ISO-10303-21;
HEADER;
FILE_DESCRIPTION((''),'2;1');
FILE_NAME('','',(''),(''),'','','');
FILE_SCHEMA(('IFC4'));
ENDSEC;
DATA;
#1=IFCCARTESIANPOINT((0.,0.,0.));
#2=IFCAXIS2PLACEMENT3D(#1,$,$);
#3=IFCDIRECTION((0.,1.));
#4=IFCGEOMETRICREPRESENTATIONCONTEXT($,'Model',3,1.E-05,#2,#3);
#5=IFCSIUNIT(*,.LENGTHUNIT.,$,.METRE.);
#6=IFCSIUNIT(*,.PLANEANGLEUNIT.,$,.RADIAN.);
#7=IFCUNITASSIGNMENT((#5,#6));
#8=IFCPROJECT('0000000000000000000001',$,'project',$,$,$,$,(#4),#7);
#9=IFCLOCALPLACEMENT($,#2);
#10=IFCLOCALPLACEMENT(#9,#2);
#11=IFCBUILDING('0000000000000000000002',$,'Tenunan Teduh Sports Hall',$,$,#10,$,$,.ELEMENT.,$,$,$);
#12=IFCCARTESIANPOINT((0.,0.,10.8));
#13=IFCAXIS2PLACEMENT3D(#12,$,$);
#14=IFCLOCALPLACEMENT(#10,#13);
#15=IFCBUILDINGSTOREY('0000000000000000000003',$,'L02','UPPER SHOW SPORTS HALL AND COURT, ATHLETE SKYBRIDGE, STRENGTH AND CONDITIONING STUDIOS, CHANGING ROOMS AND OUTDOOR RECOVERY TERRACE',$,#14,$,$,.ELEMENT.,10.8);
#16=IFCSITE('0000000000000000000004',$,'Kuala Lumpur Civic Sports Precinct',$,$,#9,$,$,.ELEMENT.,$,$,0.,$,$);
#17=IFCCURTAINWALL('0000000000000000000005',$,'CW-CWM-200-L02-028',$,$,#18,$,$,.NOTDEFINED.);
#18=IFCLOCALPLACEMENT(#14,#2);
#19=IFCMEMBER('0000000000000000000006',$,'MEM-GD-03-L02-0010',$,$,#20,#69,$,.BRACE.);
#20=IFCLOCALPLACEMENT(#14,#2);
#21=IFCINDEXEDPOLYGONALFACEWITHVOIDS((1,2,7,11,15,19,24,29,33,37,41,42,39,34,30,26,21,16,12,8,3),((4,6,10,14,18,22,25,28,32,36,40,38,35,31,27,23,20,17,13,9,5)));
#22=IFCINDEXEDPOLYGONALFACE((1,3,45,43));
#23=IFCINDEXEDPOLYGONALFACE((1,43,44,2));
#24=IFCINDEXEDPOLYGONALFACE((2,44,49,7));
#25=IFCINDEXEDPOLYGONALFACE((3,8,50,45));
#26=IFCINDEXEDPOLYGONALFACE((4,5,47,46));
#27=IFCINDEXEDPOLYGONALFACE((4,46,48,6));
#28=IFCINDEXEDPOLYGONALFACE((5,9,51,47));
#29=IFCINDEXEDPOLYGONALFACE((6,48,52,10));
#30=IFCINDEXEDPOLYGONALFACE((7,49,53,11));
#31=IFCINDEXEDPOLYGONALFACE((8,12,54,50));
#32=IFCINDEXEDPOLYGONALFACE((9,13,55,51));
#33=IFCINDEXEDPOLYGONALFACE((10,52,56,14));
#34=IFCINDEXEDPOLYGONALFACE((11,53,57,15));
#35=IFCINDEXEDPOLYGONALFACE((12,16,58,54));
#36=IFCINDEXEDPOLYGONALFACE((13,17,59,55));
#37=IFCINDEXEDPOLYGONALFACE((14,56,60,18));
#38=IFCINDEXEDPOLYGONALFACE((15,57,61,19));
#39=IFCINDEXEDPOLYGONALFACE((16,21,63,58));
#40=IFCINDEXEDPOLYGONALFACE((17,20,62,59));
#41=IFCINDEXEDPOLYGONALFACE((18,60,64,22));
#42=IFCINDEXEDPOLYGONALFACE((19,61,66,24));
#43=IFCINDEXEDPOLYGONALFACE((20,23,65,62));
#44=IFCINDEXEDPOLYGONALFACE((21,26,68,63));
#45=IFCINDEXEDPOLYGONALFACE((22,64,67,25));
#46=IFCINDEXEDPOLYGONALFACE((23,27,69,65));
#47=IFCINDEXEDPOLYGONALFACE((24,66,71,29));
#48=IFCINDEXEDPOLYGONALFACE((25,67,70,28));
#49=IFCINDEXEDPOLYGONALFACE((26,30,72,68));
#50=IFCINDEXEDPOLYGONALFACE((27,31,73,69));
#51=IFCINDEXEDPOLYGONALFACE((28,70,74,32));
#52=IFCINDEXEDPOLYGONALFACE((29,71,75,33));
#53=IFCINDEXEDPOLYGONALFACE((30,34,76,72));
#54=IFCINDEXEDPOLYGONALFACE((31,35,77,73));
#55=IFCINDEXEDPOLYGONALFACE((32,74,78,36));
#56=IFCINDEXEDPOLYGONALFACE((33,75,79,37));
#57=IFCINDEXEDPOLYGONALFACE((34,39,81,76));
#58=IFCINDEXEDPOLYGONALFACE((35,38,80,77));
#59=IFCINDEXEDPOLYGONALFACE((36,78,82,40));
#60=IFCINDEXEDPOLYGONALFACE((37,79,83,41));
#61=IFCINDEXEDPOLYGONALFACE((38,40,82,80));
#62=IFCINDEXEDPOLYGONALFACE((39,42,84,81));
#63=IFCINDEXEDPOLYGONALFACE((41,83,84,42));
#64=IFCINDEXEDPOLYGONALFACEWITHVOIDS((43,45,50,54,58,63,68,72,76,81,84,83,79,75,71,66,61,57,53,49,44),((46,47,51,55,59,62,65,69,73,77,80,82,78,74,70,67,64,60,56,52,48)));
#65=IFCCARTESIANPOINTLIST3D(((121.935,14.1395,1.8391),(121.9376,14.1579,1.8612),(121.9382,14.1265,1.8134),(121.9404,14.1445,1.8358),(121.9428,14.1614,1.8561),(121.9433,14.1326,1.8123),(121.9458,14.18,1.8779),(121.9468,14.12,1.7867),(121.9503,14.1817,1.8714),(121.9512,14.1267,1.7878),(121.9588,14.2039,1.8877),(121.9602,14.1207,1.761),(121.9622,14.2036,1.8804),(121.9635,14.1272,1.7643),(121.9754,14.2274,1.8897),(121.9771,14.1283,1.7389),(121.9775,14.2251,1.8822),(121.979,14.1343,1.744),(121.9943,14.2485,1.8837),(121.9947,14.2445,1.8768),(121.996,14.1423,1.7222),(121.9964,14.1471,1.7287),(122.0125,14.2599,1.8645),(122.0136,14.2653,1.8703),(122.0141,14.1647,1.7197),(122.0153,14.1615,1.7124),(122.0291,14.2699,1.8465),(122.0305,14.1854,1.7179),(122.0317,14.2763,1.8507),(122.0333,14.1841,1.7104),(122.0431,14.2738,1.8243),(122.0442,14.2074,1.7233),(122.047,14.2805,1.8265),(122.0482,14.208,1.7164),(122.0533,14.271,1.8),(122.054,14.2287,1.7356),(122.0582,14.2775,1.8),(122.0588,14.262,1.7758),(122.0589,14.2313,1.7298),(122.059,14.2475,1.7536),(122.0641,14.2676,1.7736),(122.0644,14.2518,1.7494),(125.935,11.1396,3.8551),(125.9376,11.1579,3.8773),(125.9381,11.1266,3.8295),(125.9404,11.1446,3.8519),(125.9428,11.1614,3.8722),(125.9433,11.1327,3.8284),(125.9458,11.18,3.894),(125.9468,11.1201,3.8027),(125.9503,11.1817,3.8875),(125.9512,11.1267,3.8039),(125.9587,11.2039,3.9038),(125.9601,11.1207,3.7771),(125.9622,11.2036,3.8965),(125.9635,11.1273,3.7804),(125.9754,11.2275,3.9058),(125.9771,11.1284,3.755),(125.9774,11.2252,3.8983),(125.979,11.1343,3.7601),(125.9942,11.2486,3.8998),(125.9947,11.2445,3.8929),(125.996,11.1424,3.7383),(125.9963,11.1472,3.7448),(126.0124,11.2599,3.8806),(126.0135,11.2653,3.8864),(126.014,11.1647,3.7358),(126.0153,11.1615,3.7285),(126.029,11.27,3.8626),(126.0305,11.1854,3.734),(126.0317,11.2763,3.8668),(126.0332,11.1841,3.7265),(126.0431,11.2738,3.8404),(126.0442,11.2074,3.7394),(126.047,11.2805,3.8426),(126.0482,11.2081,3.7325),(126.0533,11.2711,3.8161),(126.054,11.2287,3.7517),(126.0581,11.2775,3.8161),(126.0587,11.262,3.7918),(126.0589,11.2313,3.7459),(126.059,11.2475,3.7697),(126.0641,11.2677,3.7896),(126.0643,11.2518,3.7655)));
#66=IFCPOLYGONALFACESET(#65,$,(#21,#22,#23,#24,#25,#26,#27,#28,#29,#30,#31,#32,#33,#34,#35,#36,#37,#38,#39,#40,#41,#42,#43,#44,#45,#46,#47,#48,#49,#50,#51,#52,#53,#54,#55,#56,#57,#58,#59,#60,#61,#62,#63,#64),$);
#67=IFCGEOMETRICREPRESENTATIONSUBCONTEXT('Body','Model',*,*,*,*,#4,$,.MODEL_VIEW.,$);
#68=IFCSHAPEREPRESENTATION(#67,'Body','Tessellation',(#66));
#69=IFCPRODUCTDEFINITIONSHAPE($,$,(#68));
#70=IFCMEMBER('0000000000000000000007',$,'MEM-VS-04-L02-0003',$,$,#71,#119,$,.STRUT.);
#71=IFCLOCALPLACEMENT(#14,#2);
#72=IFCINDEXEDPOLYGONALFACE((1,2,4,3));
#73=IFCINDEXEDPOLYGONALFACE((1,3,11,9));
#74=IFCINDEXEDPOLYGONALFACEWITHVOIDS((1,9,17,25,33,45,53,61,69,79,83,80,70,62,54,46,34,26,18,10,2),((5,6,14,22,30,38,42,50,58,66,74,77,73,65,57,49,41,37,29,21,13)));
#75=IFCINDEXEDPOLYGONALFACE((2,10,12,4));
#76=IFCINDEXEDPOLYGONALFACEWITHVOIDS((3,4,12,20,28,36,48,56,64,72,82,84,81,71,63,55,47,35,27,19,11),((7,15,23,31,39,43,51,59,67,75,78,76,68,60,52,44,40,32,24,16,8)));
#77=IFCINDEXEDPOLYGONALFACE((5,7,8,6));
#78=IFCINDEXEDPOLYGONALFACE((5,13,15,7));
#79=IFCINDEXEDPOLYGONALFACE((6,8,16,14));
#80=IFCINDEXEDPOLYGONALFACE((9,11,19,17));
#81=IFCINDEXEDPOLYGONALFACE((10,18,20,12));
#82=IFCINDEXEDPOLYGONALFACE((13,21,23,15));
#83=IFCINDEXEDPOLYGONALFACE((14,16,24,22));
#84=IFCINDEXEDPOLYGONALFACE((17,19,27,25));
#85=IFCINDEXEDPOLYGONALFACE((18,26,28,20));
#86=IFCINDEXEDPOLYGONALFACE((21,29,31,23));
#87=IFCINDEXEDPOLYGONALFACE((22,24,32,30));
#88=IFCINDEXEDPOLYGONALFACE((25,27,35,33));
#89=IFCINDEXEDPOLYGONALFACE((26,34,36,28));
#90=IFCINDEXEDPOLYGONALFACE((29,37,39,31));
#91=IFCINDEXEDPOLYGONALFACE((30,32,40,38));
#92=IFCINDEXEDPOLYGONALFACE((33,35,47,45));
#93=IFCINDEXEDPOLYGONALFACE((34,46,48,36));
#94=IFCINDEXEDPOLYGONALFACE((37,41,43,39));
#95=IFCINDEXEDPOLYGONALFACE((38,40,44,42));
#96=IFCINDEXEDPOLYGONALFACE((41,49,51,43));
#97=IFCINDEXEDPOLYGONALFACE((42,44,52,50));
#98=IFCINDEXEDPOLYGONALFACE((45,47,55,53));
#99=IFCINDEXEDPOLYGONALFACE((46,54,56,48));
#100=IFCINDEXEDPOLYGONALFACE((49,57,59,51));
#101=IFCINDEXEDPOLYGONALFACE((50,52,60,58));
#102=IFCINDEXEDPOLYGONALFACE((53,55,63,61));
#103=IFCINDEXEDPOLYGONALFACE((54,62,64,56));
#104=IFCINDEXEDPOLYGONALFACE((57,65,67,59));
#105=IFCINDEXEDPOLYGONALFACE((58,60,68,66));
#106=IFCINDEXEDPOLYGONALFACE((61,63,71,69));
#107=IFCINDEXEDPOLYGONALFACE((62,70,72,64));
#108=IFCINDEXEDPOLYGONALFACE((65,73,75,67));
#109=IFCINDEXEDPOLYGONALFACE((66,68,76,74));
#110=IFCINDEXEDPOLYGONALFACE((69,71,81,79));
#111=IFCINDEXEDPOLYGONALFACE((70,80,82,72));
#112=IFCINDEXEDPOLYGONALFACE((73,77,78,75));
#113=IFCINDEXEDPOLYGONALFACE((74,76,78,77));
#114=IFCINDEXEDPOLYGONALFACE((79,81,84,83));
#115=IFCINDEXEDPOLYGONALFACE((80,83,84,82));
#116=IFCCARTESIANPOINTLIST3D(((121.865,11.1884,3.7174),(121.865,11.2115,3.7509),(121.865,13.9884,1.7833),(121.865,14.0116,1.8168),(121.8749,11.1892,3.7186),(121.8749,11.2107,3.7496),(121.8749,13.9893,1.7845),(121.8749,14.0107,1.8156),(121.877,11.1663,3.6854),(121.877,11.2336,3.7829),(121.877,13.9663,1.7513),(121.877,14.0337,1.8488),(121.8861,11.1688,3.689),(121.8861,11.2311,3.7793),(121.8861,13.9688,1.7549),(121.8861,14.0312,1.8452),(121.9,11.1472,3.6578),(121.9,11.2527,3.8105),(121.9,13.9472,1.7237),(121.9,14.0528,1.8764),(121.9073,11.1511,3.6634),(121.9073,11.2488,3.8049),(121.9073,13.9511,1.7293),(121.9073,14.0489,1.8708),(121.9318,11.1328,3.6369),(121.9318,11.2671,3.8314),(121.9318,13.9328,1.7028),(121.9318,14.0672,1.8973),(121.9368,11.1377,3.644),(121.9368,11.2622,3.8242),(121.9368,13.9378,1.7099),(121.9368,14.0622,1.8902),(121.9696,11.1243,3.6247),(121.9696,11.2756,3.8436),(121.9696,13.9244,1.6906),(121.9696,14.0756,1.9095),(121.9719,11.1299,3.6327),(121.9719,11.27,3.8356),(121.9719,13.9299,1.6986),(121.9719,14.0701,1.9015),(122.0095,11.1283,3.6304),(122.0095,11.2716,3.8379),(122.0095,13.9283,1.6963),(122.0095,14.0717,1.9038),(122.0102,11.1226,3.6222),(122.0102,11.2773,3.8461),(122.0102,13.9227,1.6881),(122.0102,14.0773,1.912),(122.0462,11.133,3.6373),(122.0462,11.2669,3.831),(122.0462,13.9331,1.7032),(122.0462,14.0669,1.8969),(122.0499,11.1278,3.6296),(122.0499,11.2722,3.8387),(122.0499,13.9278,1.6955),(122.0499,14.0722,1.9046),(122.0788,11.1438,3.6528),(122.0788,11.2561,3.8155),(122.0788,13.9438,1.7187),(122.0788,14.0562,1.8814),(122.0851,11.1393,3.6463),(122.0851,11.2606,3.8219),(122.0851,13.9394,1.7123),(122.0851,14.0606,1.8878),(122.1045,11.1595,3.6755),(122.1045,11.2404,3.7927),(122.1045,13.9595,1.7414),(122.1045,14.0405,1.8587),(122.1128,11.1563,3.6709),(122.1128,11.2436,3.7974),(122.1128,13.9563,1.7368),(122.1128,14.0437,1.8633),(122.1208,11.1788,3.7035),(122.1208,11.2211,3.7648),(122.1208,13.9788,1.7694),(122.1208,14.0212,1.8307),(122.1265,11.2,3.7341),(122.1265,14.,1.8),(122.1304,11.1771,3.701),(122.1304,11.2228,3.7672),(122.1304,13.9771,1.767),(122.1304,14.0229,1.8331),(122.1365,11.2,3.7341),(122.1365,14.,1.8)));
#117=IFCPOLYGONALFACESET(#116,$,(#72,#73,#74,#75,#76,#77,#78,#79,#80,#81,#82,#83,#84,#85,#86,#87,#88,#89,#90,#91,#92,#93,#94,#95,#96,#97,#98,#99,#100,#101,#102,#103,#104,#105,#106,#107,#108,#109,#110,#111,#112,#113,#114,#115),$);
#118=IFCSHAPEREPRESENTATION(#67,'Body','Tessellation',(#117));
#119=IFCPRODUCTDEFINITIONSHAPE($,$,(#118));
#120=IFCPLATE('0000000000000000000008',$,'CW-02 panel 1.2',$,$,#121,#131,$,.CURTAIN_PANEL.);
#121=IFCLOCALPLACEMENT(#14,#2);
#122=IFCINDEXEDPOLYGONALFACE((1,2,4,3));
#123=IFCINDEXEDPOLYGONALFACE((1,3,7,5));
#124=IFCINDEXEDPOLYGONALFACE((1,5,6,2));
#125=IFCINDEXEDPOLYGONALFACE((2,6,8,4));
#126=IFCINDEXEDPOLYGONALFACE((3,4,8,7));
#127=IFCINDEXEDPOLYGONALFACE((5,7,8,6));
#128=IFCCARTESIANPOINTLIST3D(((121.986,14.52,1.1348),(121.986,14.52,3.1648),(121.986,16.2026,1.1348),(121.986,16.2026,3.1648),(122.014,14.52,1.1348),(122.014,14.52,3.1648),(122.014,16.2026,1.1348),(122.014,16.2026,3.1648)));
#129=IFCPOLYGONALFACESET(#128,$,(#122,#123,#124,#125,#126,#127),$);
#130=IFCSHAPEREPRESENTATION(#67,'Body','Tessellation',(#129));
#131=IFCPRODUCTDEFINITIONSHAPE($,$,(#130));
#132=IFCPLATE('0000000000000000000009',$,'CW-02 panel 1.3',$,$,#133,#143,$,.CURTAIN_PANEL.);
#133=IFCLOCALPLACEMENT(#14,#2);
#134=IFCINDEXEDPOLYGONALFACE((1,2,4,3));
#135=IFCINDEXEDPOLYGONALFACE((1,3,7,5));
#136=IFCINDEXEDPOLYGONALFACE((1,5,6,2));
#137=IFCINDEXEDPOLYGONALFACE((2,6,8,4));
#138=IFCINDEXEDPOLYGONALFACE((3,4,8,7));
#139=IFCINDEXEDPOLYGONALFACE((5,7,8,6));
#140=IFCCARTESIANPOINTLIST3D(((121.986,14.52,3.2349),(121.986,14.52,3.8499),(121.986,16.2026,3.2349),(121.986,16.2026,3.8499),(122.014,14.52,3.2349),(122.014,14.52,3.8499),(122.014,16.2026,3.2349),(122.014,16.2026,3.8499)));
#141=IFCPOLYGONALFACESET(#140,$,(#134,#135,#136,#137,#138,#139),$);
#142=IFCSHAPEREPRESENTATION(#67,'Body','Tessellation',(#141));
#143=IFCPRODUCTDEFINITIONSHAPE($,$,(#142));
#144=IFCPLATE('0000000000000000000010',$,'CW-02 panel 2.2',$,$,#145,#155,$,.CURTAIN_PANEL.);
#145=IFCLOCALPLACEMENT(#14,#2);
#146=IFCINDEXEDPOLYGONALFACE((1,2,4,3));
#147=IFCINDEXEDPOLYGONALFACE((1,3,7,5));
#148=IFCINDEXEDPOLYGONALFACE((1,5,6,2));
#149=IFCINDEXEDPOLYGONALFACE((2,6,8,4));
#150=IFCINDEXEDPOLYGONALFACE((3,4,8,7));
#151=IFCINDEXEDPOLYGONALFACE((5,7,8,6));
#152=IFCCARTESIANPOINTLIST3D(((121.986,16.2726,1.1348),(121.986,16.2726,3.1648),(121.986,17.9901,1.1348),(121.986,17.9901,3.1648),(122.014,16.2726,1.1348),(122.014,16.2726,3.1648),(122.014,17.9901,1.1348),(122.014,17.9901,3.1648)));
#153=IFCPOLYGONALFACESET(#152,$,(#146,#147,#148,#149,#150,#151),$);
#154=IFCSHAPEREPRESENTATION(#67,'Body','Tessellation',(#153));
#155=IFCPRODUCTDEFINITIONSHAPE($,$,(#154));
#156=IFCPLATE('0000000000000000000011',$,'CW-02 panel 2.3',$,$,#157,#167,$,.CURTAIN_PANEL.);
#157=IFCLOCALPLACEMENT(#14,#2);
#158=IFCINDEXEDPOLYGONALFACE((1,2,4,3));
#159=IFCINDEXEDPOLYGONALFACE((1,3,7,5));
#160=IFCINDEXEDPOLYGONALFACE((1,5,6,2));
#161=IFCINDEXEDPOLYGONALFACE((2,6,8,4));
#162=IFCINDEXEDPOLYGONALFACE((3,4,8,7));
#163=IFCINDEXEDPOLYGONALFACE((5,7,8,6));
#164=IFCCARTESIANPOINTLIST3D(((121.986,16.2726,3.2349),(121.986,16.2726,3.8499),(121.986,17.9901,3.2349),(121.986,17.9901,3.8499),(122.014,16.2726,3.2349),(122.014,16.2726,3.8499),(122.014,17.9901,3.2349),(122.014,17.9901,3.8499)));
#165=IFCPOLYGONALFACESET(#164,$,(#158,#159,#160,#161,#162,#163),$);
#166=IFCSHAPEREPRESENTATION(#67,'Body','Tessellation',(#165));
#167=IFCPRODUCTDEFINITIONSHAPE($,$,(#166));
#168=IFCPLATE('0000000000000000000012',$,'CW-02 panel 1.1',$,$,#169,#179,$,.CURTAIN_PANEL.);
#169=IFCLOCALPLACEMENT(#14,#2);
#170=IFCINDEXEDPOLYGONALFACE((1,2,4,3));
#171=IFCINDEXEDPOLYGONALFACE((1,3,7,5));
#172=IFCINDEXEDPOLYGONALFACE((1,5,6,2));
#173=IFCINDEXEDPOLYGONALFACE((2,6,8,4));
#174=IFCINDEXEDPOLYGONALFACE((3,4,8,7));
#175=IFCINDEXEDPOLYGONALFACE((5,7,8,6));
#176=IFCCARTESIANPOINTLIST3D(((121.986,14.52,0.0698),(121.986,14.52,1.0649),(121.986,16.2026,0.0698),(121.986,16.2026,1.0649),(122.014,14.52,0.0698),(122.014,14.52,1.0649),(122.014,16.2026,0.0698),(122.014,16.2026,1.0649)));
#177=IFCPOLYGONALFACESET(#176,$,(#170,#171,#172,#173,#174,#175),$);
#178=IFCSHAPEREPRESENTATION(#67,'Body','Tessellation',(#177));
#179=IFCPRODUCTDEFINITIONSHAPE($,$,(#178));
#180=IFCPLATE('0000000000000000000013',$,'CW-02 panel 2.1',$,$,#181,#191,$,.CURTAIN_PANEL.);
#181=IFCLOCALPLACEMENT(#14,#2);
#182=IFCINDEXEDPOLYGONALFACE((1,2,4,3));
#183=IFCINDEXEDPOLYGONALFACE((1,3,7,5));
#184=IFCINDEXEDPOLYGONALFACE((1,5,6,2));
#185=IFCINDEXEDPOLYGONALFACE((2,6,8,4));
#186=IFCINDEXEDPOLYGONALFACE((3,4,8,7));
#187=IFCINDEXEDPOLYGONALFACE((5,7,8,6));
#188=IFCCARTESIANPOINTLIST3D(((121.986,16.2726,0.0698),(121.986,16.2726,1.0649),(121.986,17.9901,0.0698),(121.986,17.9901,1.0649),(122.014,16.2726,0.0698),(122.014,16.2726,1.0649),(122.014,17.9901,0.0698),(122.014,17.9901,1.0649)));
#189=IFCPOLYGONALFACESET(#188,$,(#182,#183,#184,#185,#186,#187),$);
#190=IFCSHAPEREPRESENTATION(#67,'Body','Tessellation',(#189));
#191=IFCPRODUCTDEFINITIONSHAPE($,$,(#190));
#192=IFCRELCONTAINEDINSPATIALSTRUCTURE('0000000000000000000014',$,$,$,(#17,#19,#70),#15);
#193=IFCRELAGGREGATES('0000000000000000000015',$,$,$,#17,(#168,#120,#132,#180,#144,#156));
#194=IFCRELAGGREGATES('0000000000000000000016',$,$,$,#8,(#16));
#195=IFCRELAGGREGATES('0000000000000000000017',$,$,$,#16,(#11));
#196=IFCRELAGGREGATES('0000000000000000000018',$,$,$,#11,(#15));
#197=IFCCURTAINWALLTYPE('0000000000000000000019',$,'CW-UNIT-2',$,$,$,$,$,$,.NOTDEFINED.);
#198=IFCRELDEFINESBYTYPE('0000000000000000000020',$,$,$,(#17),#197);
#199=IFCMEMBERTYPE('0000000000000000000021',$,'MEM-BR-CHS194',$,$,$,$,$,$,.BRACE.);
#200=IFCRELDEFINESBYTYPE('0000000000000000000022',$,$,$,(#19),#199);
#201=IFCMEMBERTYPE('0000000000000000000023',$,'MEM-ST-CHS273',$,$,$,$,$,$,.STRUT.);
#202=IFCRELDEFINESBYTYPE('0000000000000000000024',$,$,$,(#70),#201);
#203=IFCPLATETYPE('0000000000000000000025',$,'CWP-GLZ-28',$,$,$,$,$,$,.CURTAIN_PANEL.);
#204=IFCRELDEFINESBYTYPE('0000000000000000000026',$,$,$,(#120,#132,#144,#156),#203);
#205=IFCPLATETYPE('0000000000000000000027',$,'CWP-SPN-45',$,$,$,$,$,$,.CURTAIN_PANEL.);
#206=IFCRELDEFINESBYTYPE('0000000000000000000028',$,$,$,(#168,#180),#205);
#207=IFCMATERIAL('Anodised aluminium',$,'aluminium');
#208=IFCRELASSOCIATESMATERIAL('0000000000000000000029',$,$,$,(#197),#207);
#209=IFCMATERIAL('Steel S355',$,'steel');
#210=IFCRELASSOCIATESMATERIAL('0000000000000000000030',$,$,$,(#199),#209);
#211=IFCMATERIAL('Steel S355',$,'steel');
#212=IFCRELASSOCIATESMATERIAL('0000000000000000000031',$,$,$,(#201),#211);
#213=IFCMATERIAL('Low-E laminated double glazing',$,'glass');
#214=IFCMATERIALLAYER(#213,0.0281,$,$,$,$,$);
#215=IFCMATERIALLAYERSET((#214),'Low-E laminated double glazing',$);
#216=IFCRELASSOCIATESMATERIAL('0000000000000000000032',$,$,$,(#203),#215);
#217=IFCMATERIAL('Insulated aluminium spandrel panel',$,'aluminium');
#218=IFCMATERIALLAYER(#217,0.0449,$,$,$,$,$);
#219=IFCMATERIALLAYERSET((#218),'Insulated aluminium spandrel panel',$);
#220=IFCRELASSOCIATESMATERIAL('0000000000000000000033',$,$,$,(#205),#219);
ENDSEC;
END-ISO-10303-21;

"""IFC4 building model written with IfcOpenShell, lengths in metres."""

from ifc_helpers import new_model, si_unit, direction, frame, origin, origin_2d, place, context, subcontext, project, spatial, rectangle, hollow_circle, extrude, material, layer, layer_set, material_profile, profile_set, type_object, element, aggregate, save


model = new_model("IFC4")

# Units and contexts
model_context = context("Model", 3, precision=1e-05, world=origin(), true_north=direction((0.0, 1.0)))
body_context = subcontext(model_context, "Body", "Model", "MODEL_VIEW")
ifc_project = project(units=[si_unit("LENGTHUNIT", "METRE"), si_unit("PLANEANGLEUNIT", "RADIAN")], contexts=[model_context])

# Site, building, storey
site_placement = place(None, origin())
site = spatial("IfcSite", under=ifc_project, at=site_placement, Name="Kuala Lumpur Civic Sports Precinct", CompositionType="ELEMENT", RefElevation=0.0)
building_placement = place(site_placement, origin())
building = spatial("IfcBuilding", under=site, at=building_placement, Name="Tenunan Teduh Sports Hall", CompositionType="ELEMENT")
storey_placement = place(building_placement, frame((0.0, 0.0, 10.8)))
storey = spatial("IfcBuildingStorey", under=building, at=storey_placement, Name="L02", Description="UPPER SHOW SPORTS HALL AND COURT, ATHLETE SKYBRIDGE, STRENGTH AND CONDITIONING STUDIOS, CHANGING ROOMS AND OUTDOOR RECOVERY TERRACE", CompositionType="ELEMENT", Elevation=10.8)

# Curtain wall
ifc_material_1 = material(Name="Anodised aluminium", Category="aluminium")
curtain_wall_type = type_object("IfcCurtainWallType", Name="CW-UNIT-2", PredefinedType="NOTDEFINED", material=ifc_material_1)
curtain_wall_placement = place(storey_placement, origin())
curtain_wall = element("IfcCurtainWall", 1, at=curtain_wall_placement, inside=storey, type_object=curtain_wall_type, Name="CW-CWM-200-L02-028", PredefinedType="NOTDEFINED")

# Members
ifc_material_2 = material(Name="Steel S355", Category="steel")
ifc_material_profile_1 = material_profile(ifc_material_2, hollow_circle(Radius=0.0969, WallThickness=0.0081, at=origin_2d()), Name="CHS 193.7x8.0")
ifc_profile_set_1 = profile_set([ifc_material_profile_1], Name="Steel S355")
member_type_1 = type_object("IfcMemberType", Name="MEM-BR-CHS194", PredefinedType="BRACE", material=ifc_profile_set_1)
member_1_placement = place(storey_placement, frame((122.0, 14.2, 1.8), z_axis=(0.741954, -0.556465, 0.373966), x_axis=(0.6, 0.8, 0.0)))
element("IfcMember", 2, at=member_1_placement, inside=storey, type_object=member_type_1, Name="MEM-GD-03-L02-0010", PredefinedType="BRACE", context=body_context, shape_type="SweptSolid", body=[
    extrude(hollow_circle(Radius=0.0969, WallThickness=0.0081, at=origin_2d()), origin(), (0.0, 0.0, 1.0), 5.3911),
])
ifc_material_3 = material(Name="Steel S355", Category="steel")
ifc_material_profile_2 = material_profile(ifc_material_3, hollow_circle(Radius=0.1365, WallThickness=0.01, at=origin_2d()), Name="CHS 273.0x10.0")
ifc_profile_set_2 = profile_set([ifc_material_profile_2], Name="Steel S355")
member_type_2 = type_object("IfcMemberType", Name="MEM-ST-CHS273", PredefinedType="STRUT", material=ifc_profile_set_2)
member_2_placement = place(storey_placement, frame((122.0, 14.0, 1.8), z_axis=(0.0, -0.822799, 0.568333), x_axis=(1.0, 0.0, 0.0)))
element("IfcMember", 3, at=member_2_placement, inside=storey, type_object=member_type_2, Name="MEM-VS-04-L02-0003", PredefinedType="STRUT", context=body_context, shape_type="SweptSolid", body=[
    extrude(hollow_circle(Radius=0.1365, WallThickness=0.01, at=origin_2d()), origin(), (0.0, 0.0, 1.0), 3.4031),
])

# Plates
ifc_material_4 = material(Name="Low-E laminated double glazing", Category="glass")
ifc_layer_1 = layer(ifc_material_4, 0.0281)
ifc_layer_set_1 = layer_set([ifc_layer_1], Name="Low-E laminated double glazing")
plate_type_1 = type_object("IfcPlateType", Name="CWP-GLZ-28", PredefinedType="CURTAIN_PANEL", material=ifc_layer_set_1)
plate_1_placement = place(storey_placement, frame((122.0, 15.3613, 1.1348), z_axis=(0.0, 0.0, 1.0), x_axis=(0.0, 1.0, 0.0)))
plate_1 = element("IfcPlate", 4, at=plate_1_placement, type_object=plate_type_1, Name="CW-02 panel 1.2", PredefinedType="CURTAIN_PANEL", context=body_context, shape_type="SweptSolid", body=[
    extrude(rectangle(XDim=1.6826, YDim=0.0281, at=origin_2d()), origin(), (0.0, 0.0, 1.0), 2.03),
])
plate_2_placement = place(storey_placement, frame((122.0, 15.3613, 3.2349), z_axis=(0.0, 0.0, 1.0), x_axis=(0.0, 1.0, 0.0)))
plate_2 = element("IfcPlate", 5, at=plate_2_placement, type_object=plate_type_1, Name="CW-02 panel 1.3", PredefinedType="CURTAIN_PANEL", context=body_context, shape_type="SweptSolid", body=[
    extrude(rectangle(XDim=1.6826, YDim=0.0281, at=origin_2d()), origin(), (0.0, 0.0, 1.0), 0.615),
])
plate_3_placement = place(storey_placement, frame((122.0, 17.1313, 1.1348), z_axis=(0.0, 0.0, 1.0), x_axis=(0.0, 1.0, 0.0)))
plate_3 = element("IfcPlate", 6, at=plate_3_placement, type_object=plate_type_1, Name="CW-02 panel 2.2", PredefinedType="CURTAIN_PANEL", context=body_context, shape_type="SweptSolid", body=[
    extrude(rectangle(XDim=1.7175, YDim=0.0281, at=origin_2d()), origin(), (0.0, 0.0, 1.0), 2.03),
])
plate_4_placement = place(storey_placement, frame((122.0, 17.1313, 3.2349), z_axis=(0.0, 0.0, 1.0), x_axis=(0.0, 1.0, 0.0)))
plate_4 = element("IfcPlate", 7, at=plate_4_placement, type_object=plate_type_1, Name="CW-02 panel 2.3", PredefinedType="CURTAIN_PANEL", context=body_context, shape_type="SweptSolid", body=[
    extrude(rectangle(XDim=1.7175, YDim=0.0281, at=origin_2d()), origin(), (0.0, 0.0, 1.0), 0.615),
])
ifc_material_5 = material(Name="Insulated aluminium spandrel panel", Category="aluminium")
ifc_layer_2 = layer(ifc_material_5, 0.0449)
ifc_layer_set_2 = layer_set([ifc_layer_2], Name="Insulated aluminium spandrel panel")
plate_type_2 = type_object("IfcPlateType", Name="CWP-SPN-45", PredefinedType="CURTAIN_PANEL", material=ifc_layer_set_2)
plate_5_placement = place(storey_placement, frame((122.0, 15.3613, 0.0698), z_axis=(0.0, 0.0, 1.0), x_axis=(0.0, 1.0, 0.0)))
plate_5 = element("IfcPlate", 8, at=plate_5_placement, type_object=plate_type_2, Name="CW-02 panel 1.1", PredefinedType="CURTAIN_PANEL", context=body_context, shape_type="SweptSolid", body=[
    extrude(rectangle(XDim=1.6826, YDim=0.0281, at=origin_2d()), origin(), (0.0, 0.0, 1.0), 0.9951),
])
plate_6_placement = place(storey_placement, frame((122.0, 17.1313, 0.0698), z_axis=(0.0, 0.0, 1.0), x_axis=(0.0, 1.0, 0.0)))
plate_6 = element("IfcPlate", 9, at=plate_6_placement, type_object=plate_type_2, Name="CW-02 panel 2.1", PredefinedType="CURTAIN_PANEL", context=body_context, shape_type="SweptSolid", body=[
    extrude(rectangle(XDim=1.7175, YDim=0.0281, at=origin_2d()), origin(), (0.0, 0.0, 1.0), 0.9951),
])
aggregate(curtain_wall, [plate_5, plate_1, plate_2, plate_6, plate_3, plate_4])

save(model, "model.ifc")
